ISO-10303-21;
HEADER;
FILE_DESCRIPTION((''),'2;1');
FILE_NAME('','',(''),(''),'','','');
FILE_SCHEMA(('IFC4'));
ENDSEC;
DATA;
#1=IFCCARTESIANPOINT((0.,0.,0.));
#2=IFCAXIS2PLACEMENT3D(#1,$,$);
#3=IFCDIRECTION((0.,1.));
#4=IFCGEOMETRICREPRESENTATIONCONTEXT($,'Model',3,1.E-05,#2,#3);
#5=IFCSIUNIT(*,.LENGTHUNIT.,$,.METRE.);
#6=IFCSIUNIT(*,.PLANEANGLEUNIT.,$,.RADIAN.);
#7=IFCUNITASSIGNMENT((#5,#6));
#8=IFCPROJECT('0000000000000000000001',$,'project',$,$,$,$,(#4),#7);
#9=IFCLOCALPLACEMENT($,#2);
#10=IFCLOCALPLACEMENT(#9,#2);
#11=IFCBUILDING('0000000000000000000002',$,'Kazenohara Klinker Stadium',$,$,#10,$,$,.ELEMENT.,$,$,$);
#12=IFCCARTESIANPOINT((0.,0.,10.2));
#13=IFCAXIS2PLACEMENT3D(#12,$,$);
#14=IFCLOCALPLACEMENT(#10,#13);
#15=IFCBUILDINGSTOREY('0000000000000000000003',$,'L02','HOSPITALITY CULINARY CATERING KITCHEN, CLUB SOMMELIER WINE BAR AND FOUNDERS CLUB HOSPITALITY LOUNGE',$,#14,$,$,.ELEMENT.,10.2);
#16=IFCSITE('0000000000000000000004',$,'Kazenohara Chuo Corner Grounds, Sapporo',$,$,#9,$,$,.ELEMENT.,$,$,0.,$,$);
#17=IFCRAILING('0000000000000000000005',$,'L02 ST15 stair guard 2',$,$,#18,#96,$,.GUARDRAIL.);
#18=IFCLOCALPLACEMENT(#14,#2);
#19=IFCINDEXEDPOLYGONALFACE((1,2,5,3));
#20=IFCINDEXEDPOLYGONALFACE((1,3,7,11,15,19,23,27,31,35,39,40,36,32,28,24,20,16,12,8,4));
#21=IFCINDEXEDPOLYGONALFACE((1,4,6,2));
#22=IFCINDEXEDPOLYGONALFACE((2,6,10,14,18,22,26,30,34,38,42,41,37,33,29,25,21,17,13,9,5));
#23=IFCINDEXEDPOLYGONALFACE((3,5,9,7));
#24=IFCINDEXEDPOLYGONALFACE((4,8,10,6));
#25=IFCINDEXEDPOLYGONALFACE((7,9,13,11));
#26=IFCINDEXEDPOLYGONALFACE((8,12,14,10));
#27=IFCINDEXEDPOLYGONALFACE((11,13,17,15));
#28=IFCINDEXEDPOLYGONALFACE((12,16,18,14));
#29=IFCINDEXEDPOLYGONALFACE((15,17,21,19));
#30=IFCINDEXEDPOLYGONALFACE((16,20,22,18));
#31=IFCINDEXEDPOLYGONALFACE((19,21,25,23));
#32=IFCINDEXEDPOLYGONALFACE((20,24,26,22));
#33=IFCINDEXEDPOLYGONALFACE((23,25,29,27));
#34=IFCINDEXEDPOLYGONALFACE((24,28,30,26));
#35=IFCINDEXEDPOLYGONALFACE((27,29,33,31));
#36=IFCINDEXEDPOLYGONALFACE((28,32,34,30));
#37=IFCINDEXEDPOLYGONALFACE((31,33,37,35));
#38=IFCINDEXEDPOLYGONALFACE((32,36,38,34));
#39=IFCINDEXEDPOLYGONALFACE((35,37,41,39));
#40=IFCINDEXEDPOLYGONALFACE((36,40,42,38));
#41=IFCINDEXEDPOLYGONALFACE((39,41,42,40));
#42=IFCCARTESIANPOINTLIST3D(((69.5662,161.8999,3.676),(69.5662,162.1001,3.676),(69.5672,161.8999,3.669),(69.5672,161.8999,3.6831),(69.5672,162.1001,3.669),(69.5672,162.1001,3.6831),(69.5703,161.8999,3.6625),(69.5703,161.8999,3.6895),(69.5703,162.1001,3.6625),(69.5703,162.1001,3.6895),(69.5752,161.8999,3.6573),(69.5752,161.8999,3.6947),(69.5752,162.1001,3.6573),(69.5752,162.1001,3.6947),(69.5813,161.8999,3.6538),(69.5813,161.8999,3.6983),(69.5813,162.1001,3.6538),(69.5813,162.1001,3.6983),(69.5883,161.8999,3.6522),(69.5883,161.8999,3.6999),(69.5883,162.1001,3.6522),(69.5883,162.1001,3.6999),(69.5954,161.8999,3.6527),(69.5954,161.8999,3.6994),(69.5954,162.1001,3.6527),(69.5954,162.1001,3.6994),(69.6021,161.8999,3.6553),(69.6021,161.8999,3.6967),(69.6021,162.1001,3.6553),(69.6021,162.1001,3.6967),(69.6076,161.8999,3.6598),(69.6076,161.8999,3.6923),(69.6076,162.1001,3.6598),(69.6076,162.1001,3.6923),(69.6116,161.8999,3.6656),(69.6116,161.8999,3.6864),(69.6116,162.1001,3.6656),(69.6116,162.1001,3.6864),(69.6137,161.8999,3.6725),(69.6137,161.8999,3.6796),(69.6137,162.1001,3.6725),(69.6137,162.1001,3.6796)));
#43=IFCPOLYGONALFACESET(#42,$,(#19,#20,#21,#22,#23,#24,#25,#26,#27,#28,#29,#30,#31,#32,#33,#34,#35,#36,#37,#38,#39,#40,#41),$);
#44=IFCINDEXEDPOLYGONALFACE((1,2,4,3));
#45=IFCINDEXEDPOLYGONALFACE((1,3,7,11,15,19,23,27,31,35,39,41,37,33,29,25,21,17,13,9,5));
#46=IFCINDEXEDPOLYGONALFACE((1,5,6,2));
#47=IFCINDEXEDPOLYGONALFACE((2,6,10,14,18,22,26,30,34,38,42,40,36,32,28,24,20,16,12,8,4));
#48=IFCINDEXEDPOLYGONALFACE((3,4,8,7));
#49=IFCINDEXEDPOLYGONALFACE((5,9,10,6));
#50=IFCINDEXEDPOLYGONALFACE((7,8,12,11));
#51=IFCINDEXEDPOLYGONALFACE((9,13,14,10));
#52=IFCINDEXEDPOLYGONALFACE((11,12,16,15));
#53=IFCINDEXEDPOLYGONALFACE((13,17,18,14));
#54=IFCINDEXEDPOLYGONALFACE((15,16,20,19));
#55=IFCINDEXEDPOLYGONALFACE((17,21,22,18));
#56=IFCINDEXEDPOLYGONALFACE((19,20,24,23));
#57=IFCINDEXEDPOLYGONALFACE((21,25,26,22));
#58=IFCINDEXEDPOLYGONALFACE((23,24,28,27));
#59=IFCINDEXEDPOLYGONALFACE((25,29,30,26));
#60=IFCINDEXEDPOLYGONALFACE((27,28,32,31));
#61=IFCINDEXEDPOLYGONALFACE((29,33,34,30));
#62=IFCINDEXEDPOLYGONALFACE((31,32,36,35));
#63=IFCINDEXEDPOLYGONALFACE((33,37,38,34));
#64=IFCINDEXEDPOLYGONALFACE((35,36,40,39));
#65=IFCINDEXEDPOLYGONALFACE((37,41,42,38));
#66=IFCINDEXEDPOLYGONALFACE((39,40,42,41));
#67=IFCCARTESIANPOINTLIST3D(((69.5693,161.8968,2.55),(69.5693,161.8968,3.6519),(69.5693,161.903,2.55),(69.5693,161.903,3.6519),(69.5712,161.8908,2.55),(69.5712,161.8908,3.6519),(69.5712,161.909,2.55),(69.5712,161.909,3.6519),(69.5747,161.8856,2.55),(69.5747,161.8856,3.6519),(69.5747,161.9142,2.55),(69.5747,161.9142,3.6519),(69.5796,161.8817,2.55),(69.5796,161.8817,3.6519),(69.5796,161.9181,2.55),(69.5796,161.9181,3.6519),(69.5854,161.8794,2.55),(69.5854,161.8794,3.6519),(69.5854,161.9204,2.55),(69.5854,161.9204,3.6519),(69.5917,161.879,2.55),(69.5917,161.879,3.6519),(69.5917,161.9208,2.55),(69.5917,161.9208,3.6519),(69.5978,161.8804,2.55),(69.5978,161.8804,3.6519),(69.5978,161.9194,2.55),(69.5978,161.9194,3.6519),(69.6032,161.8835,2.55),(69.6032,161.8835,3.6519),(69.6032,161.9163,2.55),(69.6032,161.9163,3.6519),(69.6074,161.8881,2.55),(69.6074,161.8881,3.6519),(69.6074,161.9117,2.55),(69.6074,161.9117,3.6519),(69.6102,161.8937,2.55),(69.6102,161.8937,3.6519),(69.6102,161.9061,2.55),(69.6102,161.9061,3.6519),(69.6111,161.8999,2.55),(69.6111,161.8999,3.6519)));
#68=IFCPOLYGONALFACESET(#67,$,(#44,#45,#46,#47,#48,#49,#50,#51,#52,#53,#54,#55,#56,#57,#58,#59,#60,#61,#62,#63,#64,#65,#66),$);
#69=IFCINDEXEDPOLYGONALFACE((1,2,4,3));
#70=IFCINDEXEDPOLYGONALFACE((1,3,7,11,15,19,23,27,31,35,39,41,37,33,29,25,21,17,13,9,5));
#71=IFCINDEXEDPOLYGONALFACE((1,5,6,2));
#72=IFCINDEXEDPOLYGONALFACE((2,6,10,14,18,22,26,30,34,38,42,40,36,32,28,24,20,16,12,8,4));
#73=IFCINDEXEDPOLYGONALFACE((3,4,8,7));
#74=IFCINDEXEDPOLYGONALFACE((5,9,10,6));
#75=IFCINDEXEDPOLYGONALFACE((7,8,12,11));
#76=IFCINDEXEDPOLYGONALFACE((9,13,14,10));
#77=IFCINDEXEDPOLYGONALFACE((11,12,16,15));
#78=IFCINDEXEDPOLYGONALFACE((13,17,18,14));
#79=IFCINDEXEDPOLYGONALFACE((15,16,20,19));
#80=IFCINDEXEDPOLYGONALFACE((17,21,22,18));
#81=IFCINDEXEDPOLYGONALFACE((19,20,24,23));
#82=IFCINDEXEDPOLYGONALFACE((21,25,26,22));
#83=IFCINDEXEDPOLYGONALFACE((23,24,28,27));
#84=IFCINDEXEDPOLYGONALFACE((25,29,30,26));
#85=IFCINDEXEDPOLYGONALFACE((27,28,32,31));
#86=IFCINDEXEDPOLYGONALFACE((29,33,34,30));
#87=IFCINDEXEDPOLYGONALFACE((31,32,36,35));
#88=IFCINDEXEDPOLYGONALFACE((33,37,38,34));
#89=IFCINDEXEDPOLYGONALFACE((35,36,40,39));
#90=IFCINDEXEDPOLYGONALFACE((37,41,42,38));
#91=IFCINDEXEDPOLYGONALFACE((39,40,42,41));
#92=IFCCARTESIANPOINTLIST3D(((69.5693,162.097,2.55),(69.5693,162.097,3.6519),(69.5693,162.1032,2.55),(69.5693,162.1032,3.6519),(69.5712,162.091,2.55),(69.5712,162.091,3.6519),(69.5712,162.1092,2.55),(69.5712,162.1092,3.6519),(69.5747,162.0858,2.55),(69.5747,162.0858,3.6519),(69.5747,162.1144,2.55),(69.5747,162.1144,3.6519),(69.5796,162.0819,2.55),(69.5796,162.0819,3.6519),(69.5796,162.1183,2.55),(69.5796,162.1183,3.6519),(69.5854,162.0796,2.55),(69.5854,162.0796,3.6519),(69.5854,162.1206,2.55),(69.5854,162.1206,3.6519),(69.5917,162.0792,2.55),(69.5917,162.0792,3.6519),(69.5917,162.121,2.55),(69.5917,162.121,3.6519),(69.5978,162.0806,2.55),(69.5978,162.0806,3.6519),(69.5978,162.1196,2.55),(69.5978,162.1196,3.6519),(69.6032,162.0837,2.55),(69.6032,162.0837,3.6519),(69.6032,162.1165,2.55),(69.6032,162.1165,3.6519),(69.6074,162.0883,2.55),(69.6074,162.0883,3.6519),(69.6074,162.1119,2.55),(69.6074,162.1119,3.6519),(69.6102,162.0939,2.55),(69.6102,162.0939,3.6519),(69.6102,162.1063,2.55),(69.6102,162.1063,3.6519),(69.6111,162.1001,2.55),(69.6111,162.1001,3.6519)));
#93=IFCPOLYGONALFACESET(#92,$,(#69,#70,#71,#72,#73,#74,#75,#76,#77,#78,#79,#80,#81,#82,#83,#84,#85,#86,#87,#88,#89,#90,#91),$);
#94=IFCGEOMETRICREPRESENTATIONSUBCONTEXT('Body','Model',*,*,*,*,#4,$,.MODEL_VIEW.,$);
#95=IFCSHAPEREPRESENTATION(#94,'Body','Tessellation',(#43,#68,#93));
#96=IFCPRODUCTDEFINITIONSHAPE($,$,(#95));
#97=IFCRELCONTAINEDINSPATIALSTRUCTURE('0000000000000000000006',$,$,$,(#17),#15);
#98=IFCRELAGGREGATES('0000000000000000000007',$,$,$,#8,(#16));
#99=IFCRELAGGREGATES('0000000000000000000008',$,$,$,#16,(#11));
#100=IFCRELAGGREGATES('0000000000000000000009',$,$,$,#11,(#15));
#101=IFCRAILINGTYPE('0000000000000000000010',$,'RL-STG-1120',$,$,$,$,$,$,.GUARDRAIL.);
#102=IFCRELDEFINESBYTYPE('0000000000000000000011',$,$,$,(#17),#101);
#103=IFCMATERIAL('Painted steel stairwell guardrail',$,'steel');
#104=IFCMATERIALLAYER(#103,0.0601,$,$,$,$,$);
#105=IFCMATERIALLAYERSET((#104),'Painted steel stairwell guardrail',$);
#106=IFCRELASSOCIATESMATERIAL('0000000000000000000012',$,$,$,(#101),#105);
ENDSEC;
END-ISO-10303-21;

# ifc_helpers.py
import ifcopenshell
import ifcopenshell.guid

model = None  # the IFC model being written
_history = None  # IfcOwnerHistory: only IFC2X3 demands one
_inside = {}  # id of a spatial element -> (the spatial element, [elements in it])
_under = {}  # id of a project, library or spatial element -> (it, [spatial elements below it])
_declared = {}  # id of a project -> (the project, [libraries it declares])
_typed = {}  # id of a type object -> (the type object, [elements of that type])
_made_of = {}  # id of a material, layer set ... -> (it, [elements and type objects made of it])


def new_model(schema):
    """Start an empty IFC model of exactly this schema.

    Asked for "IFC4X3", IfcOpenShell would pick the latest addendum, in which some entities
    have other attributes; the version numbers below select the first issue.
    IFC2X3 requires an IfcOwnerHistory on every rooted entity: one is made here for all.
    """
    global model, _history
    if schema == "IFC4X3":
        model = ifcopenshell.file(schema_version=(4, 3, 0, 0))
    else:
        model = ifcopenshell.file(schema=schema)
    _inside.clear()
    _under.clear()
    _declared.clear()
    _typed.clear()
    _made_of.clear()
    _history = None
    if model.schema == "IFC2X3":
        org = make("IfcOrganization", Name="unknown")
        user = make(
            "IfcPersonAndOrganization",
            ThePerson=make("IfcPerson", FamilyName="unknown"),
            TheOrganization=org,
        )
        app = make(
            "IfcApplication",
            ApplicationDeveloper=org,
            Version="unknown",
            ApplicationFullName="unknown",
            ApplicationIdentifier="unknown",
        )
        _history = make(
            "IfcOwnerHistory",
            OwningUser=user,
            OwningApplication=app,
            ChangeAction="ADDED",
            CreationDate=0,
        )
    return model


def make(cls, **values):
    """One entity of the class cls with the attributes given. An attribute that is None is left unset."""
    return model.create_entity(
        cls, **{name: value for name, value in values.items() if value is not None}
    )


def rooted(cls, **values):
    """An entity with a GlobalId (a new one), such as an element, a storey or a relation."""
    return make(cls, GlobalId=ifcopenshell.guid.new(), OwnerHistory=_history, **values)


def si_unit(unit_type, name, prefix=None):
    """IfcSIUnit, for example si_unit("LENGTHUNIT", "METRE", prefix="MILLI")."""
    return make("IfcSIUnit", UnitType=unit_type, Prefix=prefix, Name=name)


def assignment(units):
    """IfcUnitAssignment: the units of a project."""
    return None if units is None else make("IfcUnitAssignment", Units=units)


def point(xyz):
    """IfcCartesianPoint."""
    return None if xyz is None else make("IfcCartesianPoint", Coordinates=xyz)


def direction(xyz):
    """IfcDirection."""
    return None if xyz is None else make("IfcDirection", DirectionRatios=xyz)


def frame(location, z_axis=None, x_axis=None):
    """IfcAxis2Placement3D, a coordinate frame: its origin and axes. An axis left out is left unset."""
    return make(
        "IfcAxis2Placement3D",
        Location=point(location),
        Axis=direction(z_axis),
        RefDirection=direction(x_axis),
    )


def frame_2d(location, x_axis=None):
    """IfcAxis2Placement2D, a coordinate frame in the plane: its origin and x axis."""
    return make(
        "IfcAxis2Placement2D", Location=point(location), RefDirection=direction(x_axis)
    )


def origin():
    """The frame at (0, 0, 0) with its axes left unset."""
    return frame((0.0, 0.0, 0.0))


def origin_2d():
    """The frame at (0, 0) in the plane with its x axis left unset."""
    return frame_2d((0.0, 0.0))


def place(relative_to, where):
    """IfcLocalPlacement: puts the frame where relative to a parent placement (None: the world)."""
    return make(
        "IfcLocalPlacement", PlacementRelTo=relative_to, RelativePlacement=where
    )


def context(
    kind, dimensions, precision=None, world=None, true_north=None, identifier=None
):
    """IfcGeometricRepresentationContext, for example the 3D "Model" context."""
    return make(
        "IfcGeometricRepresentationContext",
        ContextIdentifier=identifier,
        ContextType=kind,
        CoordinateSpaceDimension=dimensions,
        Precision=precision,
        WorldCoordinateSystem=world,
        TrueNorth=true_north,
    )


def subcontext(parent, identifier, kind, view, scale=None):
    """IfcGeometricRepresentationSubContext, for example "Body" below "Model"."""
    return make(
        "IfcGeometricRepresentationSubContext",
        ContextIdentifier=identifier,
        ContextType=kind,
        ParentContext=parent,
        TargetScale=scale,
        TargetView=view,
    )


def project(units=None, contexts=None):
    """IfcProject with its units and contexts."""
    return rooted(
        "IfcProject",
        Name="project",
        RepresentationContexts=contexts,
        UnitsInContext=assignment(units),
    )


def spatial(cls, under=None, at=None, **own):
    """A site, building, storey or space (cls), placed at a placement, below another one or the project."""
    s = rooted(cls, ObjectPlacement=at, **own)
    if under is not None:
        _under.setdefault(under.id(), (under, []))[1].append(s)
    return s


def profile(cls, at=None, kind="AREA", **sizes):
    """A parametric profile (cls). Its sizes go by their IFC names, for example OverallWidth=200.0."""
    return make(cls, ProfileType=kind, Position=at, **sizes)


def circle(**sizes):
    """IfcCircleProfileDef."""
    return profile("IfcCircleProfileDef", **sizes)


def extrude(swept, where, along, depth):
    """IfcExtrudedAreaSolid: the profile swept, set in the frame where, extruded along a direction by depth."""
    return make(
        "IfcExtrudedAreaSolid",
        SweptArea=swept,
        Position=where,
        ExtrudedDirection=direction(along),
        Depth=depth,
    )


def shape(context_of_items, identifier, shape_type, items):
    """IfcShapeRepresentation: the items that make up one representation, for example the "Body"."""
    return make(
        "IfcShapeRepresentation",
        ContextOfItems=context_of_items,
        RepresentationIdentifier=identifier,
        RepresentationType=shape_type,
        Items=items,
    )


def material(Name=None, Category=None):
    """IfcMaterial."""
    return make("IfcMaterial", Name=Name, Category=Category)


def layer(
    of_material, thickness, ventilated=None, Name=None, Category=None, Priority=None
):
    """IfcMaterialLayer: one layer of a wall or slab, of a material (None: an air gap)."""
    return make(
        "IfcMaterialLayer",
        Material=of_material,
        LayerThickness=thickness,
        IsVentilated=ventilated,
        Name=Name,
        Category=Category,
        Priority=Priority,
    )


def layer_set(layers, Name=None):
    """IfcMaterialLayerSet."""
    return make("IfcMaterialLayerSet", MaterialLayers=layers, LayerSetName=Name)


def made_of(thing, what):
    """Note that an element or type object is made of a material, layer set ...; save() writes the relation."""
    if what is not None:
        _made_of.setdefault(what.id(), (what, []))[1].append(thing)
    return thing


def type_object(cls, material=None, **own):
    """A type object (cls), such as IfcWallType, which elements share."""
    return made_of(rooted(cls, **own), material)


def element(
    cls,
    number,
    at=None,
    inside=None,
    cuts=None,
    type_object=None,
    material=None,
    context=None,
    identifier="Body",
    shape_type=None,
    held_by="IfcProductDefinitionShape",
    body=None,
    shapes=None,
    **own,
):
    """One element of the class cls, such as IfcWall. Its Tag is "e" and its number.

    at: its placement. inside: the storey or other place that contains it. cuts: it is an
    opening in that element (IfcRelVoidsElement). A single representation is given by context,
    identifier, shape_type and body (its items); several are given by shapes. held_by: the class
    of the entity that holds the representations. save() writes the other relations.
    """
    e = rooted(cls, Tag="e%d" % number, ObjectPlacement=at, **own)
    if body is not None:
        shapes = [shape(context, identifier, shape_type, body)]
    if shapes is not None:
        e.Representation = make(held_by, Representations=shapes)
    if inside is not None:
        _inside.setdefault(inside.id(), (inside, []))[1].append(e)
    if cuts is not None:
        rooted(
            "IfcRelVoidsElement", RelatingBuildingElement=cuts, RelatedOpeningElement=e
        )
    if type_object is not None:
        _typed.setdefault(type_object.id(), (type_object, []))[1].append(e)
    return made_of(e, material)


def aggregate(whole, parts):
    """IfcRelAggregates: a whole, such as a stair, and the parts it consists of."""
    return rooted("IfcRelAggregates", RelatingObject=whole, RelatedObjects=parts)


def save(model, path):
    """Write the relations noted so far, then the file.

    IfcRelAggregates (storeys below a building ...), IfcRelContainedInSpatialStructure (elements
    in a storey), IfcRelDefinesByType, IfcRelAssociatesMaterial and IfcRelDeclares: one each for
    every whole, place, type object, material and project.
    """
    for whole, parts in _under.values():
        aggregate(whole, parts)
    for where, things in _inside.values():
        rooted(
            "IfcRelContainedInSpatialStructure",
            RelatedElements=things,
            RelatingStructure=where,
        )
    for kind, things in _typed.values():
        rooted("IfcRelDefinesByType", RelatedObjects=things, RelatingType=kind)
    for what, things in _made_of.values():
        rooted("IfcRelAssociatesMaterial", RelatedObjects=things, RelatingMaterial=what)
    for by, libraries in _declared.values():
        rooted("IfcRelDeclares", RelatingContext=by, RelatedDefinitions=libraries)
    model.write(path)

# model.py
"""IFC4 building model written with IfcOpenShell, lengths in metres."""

from ifc_helpers import new_model, si_unit, direction, frame, origin, origin_2d, place, context, subcontext, project, spatial, circle, extrude, material, layer, layer_set, type_object, element, save


model = new_model("IFC4")

# Units and contexts
model_context = context("Model", 3, precision=1e-05, world=origin(), true_north=direction((0.0, 1.0)))
body_context = subcontext(model_context, "Body", "Model", "MODEL_VIEW")
ifc_project = project(units=[si_unit("LENGTHUNIT", "METRE"), si_unit("PLANEANGLEUNIT", "RADIAN")], contexts=[model_context])

# Site, building, storey
site_placement = place(None, origin())
site = spatial("IfcSite", under=ifc_project, at=site_placement, Name="Kazenohara Chuo Corner Grounds, Sapporo", CompositionType="ELEMENT", RefElevation=0.0)
building_placement = place(site_placement, origin())
building = spatial("IfcBuilding", under=site, at=building_placement, Name="Kazenohara Klinker Stadium", CompositionType="ELEMENT")
storey_placement = place(building_placement, frame((0.0, 0.0, 10.2)))
storey = spatial("IfcBuildingStorey", under=building, at=storey_placement, Name="L02", Description="HOSPITALITY CULINARY CATERING KITCHEN, CLUB SOMMELIER WINE BAR AND FOUNDERS CLUB HOSPITALITY LOUNGE", CompositionType="ELEMENT", Elevation=10.2)

# Railing
ifc_material_1 = material(Name="Painted steel stairwell guardrail", Category="steel")
ifc_layer_1 = layer(ifc_material_1, 0.0601)
ifc_layer_set_1 = layer_set([ifc_layer_1], Name="Painted steel stairwell guardrail")
railing_type_1 = type_object("IfcRailingType", Name="RL-STG-1120", PredefinedType="GUARDRAIL", material=ifc_layer_set_1)
railing_1_placement = place(storey_placement, frame((69.5901, 161.8999, 2.55)))
element("IfcRailing", 1, at=railing_1_placement, inside=storey, type_object=railing_type_1, Name="L02 ST15 stair guard 2", PredefinedType="GUARDRAIL", context=body_context, shape_type="SweptSolid", body=[
    extrude(circle(Radius=0.0239, at=origin_2d()), frame((0.0, 0.0, 1.126), z_axis=(0.0, 1.0, 0.0), x_axis=(-1.0, 0.0, 0.0)), (0.0, 0.0, 1.0), 0.2002),
    extrude(circle(Radius=0.021, at=origin_2d()), origin(), (0.0, 0.0, 1.0), 1.1018),
    extrude(circle(Radius=0.021, at=origin_2d()), frame((0.0, 0.2002, 0.0)), (0.0, 0.0, 1.0), 1.1018),
])

save(model, "model.ifc")
